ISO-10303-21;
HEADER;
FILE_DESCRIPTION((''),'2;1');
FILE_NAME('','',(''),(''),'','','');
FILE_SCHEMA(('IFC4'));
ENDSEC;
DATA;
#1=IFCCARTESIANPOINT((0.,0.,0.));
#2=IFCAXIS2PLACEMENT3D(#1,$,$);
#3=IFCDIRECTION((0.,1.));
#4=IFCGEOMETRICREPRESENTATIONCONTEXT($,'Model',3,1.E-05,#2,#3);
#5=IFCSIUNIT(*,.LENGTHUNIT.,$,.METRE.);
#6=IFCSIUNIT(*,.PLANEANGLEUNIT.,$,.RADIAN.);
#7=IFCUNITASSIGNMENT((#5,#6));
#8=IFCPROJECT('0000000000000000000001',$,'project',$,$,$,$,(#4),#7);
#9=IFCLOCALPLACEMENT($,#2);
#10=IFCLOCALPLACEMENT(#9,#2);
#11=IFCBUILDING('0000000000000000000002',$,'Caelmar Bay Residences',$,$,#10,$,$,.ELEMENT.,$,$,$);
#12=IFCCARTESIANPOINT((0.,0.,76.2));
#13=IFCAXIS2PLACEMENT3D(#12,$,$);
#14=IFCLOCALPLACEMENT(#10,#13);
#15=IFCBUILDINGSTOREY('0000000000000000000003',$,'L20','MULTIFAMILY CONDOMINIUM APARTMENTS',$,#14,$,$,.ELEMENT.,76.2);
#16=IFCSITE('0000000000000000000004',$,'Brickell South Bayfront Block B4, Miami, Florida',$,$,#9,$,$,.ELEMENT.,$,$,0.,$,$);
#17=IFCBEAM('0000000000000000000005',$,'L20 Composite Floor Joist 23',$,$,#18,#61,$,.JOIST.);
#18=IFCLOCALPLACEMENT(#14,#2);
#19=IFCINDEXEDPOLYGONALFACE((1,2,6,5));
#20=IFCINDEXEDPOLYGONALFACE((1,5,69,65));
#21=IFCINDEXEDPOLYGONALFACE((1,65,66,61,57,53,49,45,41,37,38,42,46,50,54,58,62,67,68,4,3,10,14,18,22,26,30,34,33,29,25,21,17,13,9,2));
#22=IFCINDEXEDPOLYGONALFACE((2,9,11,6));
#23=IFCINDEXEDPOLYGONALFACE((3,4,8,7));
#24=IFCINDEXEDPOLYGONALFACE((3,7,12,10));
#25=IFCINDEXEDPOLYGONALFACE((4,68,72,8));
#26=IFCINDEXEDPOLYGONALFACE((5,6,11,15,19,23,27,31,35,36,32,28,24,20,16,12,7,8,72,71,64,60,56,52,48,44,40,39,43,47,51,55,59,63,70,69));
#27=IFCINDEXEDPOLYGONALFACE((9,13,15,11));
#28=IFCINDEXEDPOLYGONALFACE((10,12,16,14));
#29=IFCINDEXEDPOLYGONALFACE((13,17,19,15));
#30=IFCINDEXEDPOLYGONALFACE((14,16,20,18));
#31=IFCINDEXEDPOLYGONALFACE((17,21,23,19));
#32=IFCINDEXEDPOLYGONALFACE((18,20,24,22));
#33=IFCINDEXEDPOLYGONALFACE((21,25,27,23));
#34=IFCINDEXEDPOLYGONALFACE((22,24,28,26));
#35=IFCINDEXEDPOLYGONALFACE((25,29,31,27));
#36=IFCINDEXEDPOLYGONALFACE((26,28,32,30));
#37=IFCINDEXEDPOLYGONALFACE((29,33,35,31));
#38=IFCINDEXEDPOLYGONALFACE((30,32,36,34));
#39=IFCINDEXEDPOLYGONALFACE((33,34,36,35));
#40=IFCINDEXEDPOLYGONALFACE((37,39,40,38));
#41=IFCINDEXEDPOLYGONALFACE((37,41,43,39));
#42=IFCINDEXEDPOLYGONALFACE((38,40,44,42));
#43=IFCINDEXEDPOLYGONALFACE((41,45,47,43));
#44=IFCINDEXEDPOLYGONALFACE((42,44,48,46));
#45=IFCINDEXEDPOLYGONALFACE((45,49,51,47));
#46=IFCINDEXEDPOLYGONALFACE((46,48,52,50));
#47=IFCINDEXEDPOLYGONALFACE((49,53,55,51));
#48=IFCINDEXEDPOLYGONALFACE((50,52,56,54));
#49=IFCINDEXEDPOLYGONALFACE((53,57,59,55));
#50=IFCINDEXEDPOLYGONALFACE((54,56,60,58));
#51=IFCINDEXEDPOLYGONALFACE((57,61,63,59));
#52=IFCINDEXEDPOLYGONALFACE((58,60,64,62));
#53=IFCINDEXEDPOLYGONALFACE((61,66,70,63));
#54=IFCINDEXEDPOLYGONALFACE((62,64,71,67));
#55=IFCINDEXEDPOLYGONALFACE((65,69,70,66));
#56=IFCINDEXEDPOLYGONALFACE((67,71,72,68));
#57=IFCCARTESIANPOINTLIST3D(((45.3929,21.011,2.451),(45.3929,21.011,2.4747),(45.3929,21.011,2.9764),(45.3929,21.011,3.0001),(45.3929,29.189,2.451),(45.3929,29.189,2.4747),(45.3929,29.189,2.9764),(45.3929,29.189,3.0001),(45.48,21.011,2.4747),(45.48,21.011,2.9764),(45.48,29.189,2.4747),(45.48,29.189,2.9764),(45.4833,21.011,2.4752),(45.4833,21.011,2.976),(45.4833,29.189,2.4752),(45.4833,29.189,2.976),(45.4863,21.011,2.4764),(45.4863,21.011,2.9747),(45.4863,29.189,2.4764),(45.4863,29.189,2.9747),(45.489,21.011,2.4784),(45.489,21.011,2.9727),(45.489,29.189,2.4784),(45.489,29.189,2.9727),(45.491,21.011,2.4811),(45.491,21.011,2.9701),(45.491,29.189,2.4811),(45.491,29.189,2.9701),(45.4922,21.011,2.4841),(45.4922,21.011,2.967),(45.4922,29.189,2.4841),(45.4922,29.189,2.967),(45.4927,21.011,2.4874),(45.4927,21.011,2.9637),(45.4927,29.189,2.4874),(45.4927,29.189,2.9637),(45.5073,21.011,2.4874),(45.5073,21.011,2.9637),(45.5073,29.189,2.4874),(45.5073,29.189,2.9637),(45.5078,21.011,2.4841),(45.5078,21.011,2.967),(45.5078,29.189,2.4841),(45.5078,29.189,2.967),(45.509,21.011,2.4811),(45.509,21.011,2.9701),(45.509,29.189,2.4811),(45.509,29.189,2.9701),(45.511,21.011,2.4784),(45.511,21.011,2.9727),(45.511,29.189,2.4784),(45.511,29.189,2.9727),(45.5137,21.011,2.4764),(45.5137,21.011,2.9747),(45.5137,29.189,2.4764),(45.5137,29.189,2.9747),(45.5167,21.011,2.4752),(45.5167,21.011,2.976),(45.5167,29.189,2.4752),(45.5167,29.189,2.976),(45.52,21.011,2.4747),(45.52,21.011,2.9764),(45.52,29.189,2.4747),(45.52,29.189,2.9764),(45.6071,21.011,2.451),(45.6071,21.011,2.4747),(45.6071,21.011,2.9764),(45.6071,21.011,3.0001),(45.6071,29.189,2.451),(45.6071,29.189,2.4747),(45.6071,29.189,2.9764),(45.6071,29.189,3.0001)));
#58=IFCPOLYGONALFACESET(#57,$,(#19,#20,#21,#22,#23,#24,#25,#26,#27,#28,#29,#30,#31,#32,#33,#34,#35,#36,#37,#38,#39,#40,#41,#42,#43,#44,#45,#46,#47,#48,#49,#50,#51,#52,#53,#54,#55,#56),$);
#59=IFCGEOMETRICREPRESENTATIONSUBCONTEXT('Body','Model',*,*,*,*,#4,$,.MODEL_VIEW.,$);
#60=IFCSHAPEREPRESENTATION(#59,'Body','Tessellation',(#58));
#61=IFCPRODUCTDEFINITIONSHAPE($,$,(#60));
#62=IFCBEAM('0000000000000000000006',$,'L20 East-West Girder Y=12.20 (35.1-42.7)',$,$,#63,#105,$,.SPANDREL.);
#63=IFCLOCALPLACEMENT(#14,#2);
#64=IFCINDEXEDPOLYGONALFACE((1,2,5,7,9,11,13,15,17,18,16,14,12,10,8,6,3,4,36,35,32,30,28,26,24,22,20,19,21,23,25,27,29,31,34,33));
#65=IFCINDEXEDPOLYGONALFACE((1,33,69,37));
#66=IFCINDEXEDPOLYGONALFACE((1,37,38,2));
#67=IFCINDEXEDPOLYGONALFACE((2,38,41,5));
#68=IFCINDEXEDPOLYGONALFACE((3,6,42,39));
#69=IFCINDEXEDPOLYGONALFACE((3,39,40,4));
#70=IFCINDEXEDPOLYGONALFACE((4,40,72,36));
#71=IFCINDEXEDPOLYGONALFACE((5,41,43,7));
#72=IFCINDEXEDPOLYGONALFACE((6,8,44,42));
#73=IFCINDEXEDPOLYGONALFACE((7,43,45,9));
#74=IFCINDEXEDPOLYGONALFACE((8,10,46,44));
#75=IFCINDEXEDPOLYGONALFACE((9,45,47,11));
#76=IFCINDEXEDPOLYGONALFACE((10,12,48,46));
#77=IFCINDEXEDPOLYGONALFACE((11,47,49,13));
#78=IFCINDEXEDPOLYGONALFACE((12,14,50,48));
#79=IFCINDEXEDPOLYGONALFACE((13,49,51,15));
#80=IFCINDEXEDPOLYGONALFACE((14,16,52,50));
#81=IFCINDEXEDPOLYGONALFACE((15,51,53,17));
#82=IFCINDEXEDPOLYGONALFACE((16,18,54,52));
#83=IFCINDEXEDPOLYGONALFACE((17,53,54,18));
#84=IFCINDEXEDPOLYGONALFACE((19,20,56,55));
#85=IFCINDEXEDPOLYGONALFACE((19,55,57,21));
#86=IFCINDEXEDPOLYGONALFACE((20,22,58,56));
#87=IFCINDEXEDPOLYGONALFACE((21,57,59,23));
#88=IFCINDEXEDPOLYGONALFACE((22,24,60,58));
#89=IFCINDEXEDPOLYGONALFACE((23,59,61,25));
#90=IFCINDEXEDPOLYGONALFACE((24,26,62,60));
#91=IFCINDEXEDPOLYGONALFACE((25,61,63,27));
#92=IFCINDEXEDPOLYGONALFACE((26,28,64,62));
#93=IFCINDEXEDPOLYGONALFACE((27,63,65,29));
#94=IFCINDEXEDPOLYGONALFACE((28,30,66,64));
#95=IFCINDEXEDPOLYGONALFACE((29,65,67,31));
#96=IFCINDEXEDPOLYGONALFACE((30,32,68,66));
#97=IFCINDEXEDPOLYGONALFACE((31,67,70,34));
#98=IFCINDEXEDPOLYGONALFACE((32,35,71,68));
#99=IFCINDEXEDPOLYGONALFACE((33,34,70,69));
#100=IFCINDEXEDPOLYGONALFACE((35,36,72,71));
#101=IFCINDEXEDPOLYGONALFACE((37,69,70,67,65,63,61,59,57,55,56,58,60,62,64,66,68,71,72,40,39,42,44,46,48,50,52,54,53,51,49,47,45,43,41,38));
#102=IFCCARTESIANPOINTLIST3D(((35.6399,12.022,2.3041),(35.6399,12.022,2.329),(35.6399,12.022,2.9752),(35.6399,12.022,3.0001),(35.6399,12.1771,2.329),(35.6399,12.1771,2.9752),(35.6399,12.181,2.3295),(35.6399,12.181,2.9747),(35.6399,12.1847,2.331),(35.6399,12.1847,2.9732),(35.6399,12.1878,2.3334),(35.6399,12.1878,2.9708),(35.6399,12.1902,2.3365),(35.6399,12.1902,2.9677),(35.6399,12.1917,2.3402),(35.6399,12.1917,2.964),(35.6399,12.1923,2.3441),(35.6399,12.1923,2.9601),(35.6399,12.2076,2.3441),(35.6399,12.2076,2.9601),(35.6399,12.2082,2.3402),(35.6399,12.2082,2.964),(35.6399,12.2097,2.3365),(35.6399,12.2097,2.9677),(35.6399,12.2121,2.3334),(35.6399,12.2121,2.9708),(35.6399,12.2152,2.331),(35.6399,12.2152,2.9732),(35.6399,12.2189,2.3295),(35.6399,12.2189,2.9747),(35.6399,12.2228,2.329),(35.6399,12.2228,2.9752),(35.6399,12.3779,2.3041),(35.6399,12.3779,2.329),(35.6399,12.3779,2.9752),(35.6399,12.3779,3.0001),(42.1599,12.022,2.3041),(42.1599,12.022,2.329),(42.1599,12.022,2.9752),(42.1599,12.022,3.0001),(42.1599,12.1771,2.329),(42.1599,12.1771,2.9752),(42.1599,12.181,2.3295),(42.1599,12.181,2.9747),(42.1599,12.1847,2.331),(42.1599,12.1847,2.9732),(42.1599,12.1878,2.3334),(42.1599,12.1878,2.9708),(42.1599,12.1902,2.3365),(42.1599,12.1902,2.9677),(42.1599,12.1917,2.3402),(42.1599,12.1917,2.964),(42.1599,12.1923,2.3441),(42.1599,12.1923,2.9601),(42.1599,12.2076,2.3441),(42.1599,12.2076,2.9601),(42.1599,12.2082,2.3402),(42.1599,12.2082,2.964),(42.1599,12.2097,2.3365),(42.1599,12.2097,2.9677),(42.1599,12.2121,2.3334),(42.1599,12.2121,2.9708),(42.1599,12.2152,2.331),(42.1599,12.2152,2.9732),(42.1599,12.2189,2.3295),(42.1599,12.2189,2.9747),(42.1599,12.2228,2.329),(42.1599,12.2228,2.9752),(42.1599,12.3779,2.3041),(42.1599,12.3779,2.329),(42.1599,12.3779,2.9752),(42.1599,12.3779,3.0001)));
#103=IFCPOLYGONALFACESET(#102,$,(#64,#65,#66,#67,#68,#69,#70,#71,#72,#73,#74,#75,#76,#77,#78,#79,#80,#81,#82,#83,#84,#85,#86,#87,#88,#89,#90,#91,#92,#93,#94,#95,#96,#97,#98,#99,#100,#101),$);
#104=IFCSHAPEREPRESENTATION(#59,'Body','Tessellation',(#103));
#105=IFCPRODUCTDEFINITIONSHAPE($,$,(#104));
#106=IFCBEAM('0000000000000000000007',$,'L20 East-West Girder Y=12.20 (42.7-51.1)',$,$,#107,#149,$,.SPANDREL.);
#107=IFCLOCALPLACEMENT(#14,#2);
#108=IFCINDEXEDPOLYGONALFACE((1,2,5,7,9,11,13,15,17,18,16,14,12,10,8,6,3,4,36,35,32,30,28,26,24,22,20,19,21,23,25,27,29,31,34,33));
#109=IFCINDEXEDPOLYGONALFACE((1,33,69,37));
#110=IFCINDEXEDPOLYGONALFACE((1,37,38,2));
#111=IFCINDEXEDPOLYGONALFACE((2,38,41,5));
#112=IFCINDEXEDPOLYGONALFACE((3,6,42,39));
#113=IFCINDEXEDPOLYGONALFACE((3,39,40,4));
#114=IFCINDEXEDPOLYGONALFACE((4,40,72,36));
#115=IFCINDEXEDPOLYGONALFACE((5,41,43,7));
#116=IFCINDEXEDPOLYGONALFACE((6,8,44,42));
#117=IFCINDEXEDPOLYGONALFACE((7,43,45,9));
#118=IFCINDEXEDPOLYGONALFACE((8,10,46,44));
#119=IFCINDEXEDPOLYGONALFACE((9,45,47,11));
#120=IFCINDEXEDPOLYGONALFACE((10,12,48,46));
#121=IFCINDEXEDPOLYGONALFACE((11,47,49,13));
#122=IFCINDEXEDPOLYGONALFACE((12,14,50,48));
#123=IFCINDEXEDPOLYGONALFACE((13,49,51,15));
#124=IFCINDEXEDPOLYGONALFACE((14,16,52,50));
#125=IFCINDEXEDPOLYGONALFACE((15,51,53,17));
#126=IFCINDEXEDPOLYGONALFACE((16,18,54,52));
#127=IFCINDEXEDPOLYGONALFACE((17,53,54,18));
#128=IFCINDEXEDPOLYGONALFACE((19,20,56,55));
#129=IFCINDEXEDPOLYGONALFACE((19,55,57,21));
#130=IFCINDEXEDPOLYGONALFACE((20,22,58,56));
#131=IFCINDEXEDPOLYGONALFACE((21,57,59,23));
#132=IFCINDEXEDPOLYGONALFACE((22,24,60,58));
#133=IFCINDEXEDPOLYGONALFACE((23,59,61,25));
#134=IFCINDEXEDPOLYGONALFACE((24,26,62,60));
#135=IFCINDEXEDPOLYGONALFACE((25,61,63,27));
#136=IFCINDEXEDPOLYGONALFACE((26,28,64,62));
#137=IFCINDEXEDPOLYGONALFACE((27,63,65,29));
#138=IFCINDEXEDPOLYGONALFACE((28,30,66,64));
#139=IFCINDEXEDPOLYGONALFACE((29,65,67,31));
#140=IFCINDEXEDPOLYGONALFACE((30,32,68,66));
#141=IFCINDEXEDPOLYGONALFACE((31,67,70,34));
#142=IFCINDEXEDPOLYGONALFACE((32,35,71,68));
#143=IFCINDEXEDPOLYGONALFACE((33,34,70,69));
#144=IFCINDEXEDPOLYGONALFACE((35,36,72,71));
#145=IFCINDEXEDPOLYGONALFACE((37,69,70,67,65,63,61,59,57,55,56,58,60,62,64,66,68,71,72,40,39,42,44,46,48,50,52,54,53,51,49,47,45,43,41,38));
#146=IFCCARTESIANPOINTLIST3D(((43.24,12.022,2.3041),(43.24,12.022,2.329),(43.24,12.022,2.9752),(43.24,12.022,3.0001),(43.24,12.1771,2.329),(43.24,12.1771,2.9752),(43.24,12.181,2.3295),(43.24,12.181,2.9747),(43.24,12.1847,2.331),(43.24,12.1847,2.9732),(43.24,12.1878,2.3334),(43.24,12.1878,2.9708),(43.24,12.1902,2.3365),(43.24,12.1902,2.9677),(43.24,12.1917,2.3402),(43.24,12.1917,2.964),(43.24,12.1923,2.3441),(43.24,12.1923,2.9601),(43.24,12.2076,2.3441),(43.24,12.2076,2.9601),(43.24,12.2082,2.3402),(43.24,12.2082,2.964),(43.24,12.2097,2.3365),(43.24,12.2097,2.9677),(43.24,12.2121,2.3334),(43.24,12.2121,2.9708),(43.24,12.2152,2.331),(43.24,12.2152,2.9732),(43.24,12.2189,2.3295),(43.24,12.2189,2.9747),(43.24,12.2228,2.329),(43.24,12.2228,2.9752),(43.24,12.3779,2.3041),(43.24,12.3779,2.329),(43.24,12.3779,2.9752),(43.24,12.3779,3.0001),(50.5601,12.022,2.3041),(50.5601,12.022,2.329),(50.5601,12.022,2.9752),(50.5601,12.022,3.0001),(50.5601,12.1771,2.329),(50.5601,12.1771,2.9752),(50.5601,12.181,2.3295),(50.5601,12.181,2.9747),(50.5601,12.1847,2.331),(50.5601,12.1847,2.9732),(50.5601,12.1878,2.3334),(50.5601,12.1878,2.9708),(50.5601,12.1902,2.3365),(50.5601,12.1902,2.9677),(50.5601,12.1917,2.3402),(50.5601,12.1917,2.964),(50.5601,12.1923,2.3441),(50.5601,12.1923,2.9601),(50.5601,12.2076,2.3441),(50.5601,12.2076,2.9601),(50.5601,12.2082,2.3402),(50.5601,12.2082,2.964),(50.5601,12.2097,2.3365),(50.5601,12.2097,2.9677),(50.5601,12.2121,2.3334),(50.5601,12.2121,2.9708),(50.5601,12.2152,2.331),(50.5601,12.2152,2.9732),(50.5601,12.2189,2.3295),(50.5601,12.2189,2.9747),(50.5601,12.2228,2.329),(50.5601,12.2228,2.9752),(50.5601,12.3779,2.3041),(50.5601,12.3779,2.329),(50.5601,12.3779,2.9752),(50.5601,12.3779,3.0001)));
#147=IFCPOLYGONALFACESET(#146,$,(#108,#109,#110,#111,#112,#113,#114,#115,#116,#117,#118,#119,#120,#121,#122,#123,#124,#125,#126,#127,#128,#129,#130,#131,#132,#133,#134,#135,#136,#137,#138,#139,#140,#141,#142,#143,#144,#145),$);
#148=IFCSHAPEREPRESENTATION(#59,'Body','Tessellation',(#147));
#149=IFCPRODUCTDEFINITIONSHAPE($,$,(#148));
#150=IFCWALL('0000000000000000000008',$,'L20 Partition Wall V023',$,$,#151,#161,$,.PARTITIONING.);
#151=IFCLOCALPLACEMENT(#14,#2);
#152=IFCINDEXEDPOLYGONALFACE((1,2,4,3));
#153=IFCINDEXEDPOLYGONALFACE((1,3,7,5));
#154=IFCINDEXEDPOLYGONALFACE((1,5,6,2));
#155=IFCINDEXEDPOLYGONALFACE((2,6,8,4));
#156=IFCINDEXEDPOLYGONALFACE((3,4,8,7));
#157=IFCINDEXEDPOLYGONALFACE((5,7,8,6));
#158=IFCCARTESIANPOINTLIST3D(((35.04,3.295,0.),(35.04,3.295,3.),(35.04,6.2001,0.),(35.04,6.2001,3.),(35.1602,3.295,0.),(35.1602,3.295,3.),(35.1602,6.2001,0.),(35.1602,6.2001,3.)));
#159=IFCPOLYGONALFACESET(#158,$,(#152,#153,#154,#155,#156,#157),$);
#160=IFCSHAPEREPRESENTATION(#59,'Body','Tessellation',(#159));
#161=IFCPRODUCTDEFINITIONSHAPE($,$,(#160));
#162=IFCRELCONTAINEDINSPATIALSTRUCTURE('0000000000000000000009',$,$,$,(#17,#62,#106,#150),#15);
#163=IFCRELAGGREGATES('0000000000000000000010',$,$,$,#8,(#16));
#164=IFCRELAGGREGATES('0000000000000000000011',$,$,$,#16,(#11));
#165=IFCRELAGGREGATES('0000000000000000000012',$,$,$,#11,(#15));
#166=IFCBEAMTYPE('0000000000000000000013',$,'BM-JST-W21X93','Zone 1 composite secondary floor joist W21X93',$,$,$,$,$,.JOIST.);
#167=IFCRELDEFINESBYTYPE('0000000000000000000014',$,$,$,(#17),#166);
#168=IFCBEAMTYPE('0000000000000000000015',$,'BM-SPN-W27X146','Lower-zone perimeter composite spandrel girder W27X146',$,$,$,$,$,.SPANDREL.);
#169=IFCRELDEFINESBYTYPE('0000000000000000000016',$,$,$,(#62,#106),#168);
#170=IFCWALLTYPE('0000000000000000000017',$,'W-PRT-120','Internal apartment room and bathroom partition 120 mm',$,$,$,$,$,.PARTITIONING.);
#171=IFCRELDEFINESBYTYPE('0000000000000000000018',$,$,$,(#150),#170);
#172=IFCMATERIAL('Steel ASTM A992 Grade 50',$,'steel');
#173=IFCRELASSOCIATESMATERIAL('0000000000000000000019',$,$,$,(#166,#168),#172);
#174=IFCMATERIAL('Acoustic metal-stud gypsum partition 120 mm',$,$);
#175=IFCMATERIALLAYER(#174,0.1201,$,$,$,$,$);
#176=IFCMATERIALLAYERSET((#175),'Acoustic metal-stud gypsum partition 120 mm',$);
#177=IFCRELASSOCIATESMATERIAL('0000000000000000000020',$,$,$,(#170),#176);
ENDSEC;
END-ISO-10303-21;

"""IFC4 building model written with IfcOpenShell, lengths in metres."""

from ifc_helpers import new_model, si_unit, direction, frame, frame_2d, origin, origin_2d, place, context, subcontext, project, spatial, rectangle, i_section, extrude, material, layer, layer_set, material_profile, profile_set, type_object, element, save


model = new_model("IFC4")

# Units and contexts
model_context = context("Model", 3, precision=1e-05, world=origin(), true_north=direction((0.0, 1.0)))
body_context = subcontext(model_context, "Body", "Model", "MODEL_VIEW")
ifc_project = project(units=[si_unit("LENGTHUNIT", "METRE"), si_unit("PLANEANGLEUNIT", "RADIAN")], contexts=[model_context])

# Site, building, storey
site_placement = place(None, origin())
site = spatial("IfcSite", under=ifc_project, at=site_placement, Name="Brickell South Bayfront Block B4, Miami, Florida", CompositionType="ELEMENT", RefElevation=0.0)
building_placement = place(site_placement, origin())
building = spatial("IfcBuilding", under=site, at=building_placement, Name="Caelmar Bay Residences", CompositionType="ELEMENT")
storey_placement = place(building_placement, frame((0.0, 0.0, 76.2)))
storey = spatial("IfcBuildingStorey", under=building, at=storey_placement, Name="L20", Description="MULTIFAMILY CONDOMINIUM APARTMENTS", CompositionType="ELEMENT", Elevation=76.2)

# Beams
ifc_material_1 = material(Name="Steel ASTM A992 Grade 50", Category="steel")
ifc_material_profile_1 = material_profile(ifc_material_1, i_section(OverallWidth=0.2141, OverallDepth=0.5491, WebThickness=0.0146, FlangeThickness=0.0237, FilletRadius=0.0127, at=origin_2d()), Name="W21X93")
ifc_profile_set_1 = profile_set([ifc_material_profile_1], Name="Steel ASTM A992 Grade 50")
beam_type_1 = type_object("IfcBeamType", Name="BM-JST-W21X93", Description="Zone 1 composite secondary floor joist W21X93", PredefinedType="JOIST", material=ifc_profile_set_1)
for number, where, z_axis, x_axis, name in (
    (1, (45.5, 21.011, 2.7256), (0.0, 1.0, 0.0), (-1.0, 0.0, 0.0), "L20 Composite Floor Joist 23"),
):
    element("IfcBeam", number, at=place(storey_placement, frame(where, z_axis=z_axis, x_axis=x_axis)), inside=storey, type_object=beam_type_1, Name=name, PredefinedType="JOIST", context=body_context, shape_type="SweptSolid", body=[
        extrude(i_section(OverallWidth=0.2141, OverallDepth=0.5491, WebThickness=0.0146, FlangeThickness=0.0237, FilletRadius=0.0127, at=origin_2d()), origin(), (0.0, 0.0, 1.0), 8.178),
    ])
ifc_material_profile_2 = material_profile(ifc_material_1, i_section(OverallWidth=0.356, OverallDepth=0.696, WebThickness=0.0154, FlangeThickness=0.0249, FilletRadius=0.0151, at=origin_2d()), Name="W27X146")
ifc_profile_set_2 = profile_set([ifc_material_profile_2], Name="Steel ASTM A992 Grade 50")
beam_type_2 = type_object("IfcBeamType", Name="BM-SPN-W27X146", Description="Lower-zone perimeter composite spandrel girder W27X146", PredefinedType="SPANDREL", material=ifc_profile_set_2)
beam_1_placement = place(storey_placement, frame((35.6399, 12.2, 2.6521), z_axis=(1.0, 0.0, 0.0), x_axis=(0.0, 1.0, 0.0)))
element("IfcBeam", 2, at=beam_1_placement, inside=storey, type_object=beam_type_2, Name="L20 East-West Girder Y=12.20 (35.1-42.7)", PredefinedType="SPANDREL", context=body_context, shape_type="SweptSolid", body=[
    extrude(i_section(OverallWidth=0.356, OverallDepth=0.696, WebThickness=0.0154, FlangeThickness=0.0249, FilletRadius=0.0151, at=origin_2d()), origin(), (0.0, 0.0, 1.0), 6.52),
])
beam_2_placement = place(storey_placement, frame((43.24, 12.2, 2.6521), z_axis=(1.0, 0.0, 0.0), x_axis=(0.0, 1.0, 0.0)))
element("IfcBeam", 3, at=beam_2_placement, inside=storey, type_object=beam_type_2, Name="L20 East-West Girder Y=12.20 (42.7-51.1)", PredefinedType="SPANDREL", context=body_context, shape_type="SweptSolid", body=[
    extrude(i_section(OverallWidth=0.356, OverallDepth=0.696, WebThickness=0.0154, FlangeThickness=0.0249, FilletRadius=0.0151, at=origin_2d()), origin(), (0.0, 0.0, 1.0), 7.3201),
])

# Wall
ifc_material_2 = material(Name="Acoustic metal-stud gypsum partition 120 mm")
ifc_layer_1 = layer(ifc_material_2, 0.1201)
ifc_layer_set_1 = layer_set([ifc_layer_1], Name="Acoustic metal-stud gypsum partition 120 mm")
wall_type_1 = type_object("IfcWallType", Name="W-PRT-120", Description="Internal apartment room and bathroom partition 120 mm", PredefinedType="PARTITIONING", material=ifc_layer_set_1)
wall_1_placement = place(storey_placement, frame((35.1001, 3.2949, 0.0), z_axis=(0.0, 0.0, 1.0), x_axis=(0.0, 1.0, 0.0)))
element("IfcWall", 4, at=wall_1_placement, inside=storey, type_object=wall_type_1, Name="L20 Partition Wall V023", PredefinedType="PARTITIONING", context=body_context, shape_type="SweptSolid", body=[
    extrude(rectangle(XDim=2.905, YDim=0.1201, at=frame_2d((1.4526, 0.0))), origin(), (0.0, 0.0, 1.0), 3.0),
])

save(model, "model.ifc")
